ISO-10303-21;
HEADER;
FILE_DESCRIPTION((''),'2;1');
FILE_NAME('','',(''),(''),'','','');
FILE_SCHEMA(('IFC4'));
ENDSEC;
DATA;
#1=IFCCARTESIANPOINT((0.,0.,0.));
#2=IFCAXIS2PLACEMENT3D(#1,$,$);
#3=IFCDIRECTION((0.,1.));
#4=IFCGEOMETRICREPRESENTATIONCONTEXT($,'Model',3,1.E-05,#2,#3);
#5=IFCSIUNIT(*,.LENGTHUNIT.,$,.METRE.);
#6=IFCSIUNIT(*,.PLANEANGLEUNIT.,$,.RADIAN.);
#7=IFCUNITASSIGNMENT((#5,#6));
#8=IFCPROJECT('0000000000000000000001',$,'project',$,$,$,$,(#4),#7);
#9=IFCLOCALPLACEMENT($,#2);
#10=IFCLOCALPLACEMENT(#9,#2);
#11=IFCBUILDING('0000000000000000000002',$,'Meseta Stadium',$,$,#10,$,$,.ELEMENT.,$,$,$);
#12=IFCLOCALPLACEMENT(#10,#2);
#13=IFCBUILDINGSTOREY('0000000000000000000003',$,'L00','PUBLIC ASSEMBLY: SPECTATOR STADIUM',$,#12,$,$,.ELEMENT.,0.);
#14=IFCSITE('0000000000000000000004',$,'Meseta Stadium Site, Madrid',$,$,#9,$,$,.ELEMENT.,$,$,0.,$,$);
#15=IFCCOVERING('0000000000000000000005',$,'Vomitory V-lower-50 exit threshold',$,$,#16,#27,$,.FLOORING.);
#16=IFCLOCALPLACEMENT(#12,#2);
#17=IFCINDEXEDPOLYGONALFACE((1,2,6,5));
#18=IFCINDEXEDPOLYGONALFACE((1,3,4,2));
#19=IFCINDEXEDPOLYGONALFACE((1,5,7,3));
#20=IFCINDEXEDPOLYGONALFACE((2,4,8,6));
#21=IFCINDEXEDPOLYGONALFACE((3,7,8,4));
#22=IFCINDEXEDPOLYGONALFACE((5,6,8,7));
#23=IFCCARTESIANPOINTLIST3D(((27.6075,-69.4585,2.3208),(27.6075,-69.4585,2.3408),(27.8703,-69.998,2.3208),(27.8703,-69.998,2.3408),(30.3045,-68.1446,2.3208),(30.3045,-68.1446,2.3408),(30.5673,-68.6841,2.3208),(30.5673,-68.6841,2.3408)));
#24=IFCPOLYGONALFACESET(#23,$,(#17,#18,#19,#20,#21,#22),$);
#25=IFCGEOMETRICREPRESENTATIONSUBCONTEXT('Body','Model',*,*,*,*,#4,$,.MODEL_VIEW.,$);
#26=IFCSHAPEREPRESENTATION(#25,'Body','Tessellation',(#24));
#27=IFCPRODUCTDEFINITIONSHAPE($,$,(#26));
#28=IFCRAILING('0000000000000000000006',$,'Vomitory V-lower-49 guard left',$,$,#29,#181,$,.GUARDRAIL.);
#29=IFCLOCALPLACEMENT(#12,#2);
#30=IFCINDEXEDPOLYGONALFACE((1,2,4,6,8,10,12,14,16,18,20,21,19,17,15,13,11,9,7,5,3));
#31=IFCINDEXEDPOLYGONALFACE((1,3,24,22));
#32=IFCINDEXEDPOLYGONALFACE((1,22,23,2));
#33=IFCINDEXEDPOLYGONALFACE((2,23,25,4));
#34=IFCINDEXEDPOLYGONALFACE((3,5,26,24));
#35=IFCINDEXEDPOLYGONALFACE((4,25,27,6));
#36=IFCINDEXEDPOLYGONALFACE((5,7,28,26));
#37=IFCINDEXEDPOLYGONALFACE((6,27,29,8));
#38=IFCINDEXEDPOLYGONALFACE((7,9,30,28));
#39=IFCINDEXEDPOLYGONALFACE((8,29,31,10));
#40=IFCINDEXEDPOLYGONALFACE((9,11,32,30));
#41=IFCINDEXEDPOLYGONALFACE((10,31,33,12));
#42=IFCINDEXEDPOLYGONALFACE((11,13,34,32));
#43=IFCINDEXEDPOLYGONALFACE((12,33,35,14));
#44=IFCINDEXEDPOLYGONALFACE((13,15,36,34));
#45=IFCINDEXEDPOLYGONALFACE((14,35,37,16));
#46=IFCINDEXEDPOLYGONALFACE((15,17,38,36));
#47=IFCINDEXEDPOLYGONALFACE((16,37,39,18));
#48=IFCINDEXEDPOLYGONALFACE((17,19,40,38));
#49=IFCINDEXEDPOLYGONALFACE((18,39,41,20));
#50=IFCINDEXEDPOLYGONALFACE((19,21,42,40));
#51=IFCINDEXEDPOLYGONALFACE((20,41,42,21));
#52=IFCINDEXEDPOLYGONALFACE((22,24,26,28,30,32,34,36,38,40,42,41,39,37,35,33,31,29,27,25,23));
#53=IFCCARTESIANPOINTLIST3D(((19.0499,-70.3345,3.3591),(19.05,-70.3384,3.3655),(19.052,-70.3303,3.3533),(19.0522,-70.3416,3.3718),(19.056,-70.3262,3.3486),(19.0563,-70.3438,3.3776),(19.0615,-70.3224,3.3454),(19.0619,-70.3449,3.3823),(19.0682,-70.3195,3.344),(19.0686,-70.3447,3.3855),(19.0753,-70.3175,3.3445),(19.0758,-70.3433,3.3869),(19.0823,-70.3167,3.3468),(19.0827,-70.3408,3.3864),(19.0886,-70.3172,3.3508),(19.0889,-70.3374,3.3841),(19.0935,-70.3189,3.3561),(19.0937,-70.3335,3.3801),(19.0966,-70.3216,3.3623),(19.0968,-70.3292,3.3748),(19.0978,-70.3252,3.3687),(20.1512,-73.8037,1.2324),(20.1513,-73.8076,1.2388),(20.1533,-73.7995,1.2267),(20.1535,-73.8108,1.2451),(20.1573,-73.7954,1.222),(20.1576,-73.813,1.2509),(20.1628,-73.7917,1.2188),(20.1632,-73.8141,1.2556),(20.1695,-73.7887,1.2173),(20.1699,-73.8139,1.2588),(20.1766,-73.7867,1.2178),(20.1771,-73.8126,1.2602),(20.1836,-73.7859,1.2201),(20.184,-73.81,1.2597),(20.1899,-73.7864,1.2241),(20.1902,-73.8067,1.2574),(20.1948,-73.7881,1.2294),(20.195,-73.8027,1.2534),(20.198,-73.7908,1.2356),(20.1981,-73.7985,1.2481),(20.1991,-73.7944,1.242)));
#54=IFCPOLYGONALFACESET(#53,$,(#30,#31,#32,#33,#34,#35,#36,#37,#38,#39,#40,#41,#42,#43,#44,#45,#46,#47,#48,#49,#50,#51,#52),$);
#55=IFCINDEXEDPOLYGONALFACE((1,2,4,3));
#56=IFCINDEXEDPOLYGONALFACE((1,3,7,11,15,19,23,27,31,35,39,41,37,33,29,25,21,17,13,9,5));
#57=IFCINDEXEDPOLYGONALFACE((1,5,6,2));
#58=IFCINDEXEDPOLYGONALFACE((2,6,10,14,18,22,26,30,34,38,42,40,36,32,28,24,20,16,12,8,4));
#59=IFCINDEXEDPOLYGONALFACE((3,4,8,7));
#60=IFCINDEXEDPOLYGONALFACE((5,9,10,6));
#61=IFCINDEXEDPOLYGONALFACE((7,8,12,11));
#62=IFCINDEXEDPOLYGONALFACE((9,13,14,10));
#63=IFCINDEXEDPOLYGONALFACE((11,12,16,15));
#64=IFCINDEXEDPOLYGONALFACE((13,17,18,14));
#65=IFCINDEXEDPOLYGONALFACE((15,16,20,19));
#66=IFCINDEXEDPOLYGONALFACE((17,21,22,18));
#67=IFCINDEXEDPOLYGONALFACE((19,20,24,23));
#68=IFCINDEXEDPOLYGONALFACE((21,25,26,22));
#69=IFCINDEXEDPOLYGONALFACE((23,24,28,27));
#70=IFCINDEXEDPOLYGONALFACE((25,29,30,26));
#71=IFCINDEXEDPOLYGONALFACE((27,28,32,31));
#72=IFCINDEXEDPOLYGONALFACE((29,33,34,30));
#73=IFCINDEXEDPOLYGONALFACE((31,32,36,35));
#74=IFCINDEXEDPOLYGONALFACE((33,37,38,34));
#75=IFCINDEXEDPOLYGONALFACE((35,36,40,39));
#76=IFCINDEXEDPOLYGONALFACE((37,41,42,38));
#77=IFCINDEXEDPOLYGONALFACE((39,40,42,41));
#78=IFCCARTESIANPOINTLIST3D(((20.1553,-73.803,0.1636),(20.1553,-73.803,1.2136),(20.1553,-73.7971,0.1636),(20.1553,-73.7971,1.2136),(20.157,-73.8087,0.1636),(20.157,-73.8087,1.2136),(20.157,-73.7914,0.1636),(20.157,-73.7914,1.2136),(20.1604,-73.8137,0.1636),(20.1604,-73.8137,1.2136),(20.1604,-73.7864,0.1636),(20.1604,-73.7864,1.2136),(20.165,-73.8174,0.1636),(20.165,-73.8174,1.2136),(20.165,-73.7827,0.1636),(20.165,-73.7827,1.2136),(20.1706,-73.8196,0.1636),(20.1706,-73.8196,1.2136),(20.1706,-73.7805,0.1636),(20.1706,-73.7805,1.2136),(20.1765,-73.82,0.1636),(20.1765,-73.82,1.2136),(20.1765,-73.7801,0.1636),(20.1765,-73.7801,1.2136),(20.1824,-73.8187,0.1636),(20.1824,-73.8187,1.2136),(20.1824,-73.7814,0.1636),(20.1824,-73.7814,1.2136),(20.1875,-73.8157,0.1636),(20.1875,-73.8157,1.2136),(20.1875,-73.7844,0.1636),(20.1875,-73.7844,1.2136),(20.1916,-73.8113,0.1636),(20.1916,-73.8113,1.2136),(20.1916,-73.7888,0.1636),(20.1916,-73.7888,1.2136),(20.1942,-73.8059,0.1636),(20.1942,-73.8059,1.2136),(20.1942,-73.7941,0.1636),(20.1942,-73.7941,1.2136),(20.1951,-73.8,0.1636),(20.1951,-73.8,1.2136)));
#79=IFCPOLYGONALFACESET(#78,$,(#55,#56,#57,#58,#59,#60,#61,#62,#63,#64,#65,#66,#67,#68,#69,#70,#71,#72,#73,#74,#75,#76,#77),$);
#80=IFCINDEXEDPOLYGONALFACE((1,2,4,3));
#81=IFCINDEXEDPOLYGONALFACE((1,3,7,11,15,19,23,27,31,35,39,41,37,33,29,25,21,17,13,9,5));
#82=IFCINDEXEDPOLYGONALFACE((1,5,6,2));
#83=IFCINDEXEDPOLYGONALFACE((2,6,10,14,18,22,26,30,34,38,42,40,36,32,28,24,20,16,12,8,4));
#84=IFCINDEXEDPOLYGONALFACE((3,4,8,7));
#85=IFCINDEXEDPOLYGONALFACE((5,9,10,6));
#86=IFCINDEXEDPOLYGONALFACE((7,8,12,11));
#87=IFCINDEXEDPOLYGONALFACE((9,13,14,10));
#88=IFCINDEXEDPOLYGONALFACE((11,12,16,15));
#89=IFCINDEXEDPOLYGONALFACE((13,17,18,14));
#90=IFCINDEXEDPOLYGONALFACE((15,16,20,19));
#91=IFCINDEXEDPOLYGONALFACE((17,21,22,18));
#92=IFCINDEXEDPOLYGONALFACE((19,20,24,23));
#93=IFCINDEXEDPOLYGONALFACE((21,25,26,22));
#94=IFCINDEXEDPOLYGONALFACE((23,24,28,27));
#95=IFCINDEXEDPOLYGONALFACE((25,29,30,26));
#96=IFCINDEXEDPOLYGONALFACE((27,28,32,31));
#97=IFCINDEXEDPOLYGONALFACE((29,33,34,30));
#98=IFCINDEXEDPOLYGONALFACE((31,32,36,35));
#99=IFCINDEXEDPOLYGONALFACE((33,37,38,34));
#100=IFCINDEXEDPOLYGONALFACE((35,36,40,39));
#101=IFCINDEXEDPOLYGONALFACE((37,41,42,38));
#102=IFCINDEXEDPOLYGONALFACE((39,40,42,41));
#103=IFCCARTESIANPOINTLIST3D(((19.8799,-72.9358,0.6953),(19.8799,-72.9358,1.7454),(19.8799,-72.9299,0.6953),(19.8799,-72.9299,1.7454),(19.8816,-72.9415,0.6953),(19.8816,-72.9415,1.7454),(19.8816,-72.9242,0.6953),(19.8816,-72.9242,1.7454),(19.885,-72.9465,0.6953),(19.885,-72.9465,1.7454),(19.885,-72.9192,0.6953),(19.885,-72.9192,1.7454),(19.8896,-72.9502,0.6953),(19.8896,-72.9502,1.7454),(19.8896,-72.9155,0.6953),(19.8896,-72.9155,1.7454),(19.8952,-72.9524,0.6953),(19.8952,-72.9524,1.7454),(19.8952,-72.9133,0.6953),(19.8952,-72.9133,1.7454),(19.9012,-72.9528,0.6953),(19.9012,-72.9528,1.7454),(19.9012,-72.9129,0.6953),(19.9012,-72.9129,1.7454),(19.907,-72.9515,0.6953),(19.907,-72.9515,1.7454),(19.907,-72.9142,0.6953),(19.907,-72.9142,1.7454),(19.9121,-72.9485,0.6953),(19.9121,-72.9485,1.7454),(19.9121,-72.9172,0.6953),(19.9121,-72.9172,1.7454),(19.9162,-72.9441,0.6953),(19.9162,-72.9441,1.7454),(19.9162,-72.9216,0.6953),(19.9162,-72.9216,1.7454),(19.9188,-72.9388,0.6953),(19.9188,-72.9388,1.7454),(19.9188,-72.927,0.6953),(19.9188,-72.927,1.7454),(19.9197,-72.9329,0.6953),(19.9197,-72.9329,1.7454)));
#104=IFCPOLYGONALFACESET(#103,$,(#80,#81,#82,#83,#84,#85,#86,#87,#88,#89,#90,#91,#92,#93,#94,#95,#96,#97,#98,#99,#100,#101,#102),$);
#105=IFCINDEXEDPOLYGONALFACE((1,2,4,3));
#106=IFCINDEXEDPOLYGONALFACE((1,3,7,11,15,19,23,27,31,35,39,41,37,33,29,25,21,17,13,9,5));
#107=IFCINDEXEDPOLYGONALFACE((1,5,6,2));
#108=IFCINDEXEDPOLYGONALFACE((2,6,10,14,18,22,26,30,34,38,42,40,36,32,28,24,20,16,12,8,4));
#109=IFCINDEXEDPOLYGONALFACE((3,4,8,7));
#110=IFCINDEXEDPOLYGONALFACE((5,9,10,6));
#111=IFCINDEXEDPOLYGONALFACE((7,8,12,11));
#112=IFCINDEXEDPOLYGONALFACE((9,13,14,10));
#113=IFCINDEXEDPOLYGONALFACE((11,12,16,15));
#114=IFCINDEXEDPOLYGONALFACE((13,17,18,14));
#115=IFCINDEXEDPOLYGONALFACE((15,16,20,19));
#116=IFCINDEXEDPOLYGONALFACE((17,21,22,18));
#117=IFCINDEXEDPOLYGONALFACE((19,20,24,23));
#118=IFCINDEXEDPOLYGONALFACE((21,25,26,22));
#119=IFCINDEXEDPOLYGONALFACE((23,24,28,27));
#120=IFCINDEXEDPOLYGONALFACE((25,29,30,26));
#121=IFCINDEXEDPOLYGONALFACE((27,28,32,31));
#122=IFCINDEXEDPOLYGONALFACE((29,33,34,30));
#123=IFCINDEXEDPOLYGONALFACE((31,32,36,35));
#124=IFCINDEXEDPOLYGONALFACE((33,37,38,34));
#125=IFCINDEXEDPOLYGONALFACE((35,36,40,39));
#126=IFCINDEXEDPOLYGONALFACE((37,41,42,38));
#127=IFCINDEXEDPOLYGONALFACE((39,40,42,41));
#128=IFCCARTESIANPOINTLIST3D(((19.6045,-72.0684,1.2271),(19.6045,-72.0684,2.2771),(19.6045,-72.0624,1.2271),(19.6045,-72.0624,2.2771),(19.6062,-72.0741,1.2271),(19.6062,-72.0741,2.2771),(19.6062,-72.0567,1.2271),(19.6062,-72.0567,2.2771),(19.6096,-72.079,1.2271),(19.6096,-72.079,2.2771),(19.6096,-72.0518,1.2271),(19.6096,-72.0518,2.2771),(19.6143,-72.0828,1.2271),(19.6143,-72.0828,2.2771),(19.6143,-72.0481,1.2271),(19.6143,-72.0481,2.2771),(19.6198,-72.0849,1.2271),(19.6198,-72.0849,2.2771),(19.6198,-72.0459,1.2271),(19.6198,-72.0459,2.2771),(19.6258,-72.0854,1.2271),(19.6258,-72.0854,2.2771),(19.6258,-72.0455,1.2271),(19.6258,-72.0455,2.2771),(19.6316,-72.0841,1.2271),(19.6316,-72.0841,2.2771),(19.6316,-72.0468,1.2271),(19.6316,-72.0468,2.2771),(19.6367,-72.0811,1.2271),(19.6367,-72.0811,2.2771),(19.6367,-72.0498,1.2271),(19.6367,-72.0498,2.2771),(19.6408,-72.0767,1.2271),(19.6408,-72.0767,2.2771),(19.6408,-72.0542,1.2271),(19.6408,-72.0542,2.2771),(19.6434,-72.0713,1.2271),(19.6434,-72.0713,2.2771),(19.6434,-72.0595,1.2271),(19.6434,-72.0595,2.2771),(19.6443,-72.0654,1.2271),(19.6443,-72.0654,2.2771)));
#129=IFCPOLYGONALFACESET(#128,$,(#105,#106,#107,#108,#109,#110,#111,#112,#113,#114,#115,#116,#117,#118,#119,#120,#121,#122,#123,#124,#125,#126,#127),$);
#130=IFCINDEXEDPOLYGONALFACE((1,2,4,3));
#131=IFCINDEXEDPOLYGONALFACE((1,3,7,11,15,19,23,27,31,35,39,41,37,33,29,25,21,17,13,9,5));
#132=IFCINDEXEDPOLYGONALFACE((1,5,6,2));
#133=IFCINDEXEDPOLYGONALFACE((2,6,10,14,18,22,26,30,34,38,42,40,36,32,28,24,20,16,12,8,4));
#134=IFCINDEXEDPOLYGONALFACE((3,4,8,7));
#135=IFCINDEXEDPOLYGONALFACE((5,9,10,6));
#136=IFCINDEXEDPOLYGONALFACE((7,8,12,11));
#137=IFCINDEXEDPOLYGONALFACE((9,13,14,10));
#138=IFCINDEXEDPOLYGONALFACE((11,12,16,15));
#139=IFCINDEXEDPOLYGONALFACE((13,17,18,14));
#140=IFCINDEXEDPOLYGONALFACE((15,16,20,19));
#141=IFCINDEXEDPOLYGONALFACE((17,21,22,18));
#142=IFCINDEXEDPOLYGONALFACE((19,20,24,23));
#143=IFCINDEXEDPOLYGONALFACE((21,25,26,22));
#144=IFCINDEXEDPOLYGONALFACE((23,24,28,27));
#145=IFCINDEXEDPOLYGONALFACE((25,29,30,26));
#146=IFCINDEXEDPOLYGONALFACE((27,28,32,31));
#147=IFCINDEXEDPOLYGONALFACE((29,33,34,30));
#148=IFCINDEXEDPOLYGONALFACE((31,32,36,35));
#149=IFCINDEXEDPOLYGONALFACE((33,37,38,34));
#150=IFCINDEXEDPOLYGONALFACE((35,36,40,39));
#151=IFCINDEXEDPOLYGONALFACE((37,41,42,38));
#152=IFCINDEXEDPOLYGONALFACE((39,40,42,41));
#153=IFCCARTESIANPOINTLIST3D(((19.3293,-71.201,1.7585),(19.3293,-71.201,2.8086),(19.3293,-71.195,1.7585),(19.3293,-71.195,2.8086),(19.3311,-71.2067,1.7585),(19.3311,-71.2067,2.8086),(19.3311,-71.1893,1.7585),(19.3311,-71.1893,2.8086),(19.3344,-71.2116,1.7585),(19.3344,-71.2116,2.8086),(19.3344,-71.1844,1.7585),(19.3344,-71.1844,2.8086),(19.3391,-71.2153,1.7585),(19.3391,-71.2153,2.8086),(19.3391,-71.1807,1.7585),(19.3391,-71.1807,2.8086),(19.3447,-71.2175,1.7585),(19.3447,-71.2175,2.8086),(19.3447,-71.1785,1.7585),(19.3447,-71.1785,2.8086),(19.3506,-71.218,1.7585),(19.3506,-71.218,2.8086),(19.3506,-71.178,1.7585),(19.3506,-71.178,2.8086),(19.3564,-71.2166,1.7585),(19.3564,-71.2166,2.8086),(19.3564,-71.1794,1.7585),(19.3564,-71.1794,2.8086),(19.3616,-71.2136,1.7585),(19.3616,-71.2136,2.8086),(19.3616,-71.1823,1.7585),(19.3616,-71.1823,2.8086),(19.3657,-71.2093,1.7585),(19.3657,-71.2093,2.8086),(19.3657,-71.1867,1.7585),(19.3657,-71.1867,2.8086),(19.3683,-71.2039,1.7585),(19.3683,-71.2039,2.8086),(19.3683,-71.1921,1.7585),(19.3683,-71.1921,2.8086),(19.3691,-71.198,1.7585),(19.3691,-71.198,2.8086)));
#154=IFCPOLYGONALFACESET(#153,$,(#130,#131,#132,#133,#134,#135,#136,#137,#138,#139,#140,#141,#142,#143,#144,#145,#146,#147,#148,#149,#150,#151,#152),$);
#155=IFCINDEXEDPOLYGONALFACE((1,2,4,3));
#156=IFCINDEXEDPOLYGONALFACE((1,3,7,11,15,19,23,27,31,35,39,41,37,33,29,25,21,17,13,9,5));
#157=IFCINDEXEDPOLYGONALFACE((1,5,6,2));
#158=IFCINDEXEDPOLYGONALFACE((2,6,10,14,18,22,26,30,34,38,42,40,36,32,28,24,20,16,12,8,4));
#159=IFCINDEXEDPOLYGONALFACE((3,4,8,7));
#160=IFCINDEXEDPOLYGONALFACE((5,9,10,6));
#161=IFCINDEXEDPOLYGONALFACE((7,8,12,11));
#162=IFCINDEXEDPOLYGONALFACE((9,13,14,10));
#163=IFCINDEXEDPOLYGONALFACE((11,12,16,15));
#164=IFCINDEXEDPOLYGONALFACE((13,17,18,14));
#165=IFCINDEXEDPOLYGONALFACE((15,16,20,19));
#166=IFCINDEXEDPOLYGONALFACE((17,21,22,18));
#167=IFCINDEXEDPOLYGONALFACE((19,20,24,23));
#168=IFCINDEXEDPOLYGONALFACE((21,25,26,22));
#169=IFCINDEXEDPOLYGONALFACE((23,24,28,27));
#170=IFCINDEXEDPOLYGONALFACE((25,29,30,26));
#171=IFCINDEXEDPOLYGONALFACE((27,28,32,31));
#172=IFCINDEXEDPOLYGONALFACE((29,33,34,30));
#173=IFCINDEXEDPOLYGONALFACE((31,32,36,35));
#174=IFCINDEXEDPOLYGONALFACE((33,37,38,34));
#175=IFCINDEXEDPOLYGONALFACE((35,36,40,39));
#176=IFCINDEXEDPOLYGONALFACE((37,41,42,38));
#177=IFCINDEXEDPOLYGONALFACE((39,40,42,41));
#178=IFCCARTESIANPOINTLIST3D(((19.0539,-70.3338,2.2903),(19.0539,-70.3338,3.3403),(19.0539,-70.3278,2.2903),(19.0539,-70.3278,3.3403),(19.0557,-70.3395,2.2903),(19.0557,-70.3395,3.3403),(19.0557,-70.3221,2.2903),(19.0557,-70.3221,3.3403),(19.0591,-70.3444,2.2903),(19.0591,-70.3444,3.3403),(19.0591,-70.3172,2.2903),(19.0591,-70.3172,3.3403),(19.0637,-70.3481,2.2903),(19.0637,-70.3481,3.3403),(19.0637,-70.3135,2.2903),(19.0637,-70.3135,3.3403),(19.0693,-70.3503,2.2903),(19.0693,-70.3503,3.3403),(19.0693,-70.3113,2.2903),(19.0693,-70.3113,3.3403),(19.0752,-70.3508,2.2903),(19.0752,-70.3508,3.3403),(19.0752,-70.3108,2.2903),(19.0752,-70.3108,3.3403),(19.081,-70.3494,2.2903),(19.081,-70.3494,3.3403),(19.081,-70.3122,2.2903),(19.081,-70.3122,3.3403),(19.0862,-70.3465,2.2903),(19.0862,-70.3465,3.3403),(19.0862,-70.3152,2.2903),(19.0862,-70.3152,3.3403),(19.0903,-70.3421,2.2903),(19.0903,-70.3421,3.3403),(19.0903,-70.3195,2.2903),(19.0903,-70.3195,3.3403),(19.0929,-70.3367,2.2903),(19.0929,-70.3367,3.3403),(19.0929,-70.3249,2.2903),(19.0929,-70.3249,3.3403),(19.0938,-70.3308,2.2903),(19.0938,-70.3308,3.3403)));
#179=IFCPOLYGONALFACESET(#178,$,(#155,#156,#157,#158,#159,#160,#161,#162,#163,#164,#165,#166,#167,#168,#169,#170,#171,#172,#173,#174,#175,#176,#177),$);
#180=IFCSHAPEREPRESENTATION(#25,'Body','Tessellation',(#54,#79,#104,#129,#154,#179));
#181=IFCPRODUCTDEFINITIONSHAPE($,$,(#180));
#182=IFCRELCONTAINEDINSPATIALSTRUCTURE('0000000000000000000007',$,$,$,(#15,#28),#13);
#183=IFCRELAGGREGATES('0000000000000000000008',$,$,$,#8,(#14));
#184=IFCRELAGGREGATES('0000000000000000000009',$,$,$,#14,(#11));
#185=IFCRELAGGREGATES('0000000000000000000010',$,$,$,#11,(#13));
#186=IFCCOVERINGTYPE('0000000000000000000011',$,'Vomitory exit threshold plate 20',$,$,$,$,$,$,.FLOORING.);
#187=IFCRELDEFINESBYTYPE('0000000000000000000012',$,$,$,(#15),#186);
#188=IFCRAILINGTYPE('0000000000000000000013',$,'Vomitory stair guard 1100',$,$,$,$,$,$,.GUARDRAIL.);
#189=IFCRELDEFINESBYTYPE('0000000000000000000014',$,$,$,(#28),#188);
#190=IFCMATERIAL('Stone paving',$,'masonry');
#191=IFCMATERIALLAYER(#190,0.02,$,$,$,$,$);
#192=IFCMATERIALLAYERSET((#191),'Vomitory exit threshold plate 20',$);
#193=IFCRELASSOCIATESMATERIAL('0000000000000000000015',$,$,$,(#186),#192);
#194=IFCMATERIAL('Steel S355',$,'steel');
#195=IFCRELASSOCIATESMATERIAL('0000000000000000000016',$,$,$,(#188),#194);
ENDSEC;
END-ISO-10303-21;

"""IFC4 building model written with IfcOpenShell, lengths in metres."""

from ifc_helpers import new_model, si_unit, direction, frame, origin, origin_2d, place, context, subcontext, project, spatial, rectangle, circle, extrude, material, layer, layer_set, type_object, element, save


model = new_model("IFC4")

# Units and contexts
model_context = context("Model", 3, precision=1e-05, world=origin(), true_north=direction((0.0, 1.0)))
body_context = subcontext(model_context, "Body", "Model", "MODEL_VIEW")
ifc_project = project(units=[si_unit("LENGTHUNIT", "METRE"), si_unit("PLANEANGLEUNIT", "RADIAN")], contexts=[model_context])

# Site, building, storey
site_placement = place(None, origin())
site = spatial("IfcSite", under=ifc_project, at=site_placement, Name="Meseta Stadium Site, Madrid", CompositionType="ELEMENT", RefElevation=0.0)
building_placement = place(site_placement, origin())
building = spatial("IfcBuilding", under=site, at=building_placement, Name="Meseta Stadium", CompositionType="ELEMENT")
storey_placement = place(building_placement, origin())
storey = spatial("IfcBuildingStorey", under=building, at=storey_placement, Name="L00", Description="PUBLIC ASSEMBLY: SPECTATOR STADIUM", CompositionType="ELEMENT", Elevation=0.0)

# Covering
ifc_material_1 = material(Name="Stone paving", Category="masonry")
ifc_layer_1 = layer(ifc_material_1, 0.02)
ifc_layer_set_1 = layer_set([ifc_layer_1], Name="Vomitory exit threshold plate 20")
covering_type = type_object("IfcCoveringType", Name="Vomitory exit threshold plate 20", PredefinedType="FLOORING", material=ifc_layer_set_1)
for number, where, z_axis, x_axis, name in (
    (1, (29.0874, -69.0713, 2.3208), (0.0, 0.0, 1.0), (-0.437966, 0.898991, 0.0), "Vomitory V-lower-50 exit threshold"),
):
    element("IfcCovering", number, at=place(storey_placement, frame(where, z_axis=z_axis, x_axis=x_axis)), inside=storey, type_object=covering_type, Name=name, PredefinedType="FLOORING", context=body_context, shape_type="SweptSolid", body=[
        extrude(rectangle(XDim=0.6001, YDim=3.0, at=origin_2d()), origin(), (0.0, 0.0, 1.0), 0.02),
    ])

# Railing
ifc_material_2 = material(Name="Steel S355", Category="steel")
railing_type_1 = type_object("IfcRailingType", Name="Vomitory stair guard 1100", PredefinedType="GUARDRAIL", material=ifc_material_2)
railing_1_placement = place(storey_placement, frame((20.175, -73.8, 0.1636)))
element("IfcRailing", 2, at=railing_1_placement, inside=storey, type_object=railing_type_1, Name="Vomitory V-lower-49 guard left", PredefinedType="GUARDRAIL", context=body_context, shape_type="SweptSolid", body=[
    extrude(circle(Radius=0.0249, at=origin_2d()), frame((0.0, 0.0, 1.0752), z_axis=(-0.261247, 0.82295, 0.504484), x_axis=(-0.953126, -0.302572, 0.0)), (0.0, 0.0, 1.0), 4.2156),
    extrude(circle(Radius=0.02, at=origin_2d()), origin(), (0.0, 0.0, 1.0), 1.05),
    extrude(circle(Radius=0.02, at=origin_2d()), frame((-0.2754, 0.8672, 0.5317)), (0.0, 0.0, 1.0), 1.05),
    extrude(circle(Radius=0.02, at=origin_2d()), frame((-0.5508, 1.7346, 1.0635)), (0.0, 0.0, 1.0), 1.05),
    extrude(circle(Radius=0.02, at=origin_2d()), frame((-0.8259, 2.6021, 1.595)), (0.0, 0.0, 1.0), 1.05),
    extrude(circle(Radius=0.02, at=origin_2d()), frame((-1.1013, 3.4692, 2.1267)), (0.0, 0.0, 1.0), 1.05),
])

save(model, "model.ifc")
